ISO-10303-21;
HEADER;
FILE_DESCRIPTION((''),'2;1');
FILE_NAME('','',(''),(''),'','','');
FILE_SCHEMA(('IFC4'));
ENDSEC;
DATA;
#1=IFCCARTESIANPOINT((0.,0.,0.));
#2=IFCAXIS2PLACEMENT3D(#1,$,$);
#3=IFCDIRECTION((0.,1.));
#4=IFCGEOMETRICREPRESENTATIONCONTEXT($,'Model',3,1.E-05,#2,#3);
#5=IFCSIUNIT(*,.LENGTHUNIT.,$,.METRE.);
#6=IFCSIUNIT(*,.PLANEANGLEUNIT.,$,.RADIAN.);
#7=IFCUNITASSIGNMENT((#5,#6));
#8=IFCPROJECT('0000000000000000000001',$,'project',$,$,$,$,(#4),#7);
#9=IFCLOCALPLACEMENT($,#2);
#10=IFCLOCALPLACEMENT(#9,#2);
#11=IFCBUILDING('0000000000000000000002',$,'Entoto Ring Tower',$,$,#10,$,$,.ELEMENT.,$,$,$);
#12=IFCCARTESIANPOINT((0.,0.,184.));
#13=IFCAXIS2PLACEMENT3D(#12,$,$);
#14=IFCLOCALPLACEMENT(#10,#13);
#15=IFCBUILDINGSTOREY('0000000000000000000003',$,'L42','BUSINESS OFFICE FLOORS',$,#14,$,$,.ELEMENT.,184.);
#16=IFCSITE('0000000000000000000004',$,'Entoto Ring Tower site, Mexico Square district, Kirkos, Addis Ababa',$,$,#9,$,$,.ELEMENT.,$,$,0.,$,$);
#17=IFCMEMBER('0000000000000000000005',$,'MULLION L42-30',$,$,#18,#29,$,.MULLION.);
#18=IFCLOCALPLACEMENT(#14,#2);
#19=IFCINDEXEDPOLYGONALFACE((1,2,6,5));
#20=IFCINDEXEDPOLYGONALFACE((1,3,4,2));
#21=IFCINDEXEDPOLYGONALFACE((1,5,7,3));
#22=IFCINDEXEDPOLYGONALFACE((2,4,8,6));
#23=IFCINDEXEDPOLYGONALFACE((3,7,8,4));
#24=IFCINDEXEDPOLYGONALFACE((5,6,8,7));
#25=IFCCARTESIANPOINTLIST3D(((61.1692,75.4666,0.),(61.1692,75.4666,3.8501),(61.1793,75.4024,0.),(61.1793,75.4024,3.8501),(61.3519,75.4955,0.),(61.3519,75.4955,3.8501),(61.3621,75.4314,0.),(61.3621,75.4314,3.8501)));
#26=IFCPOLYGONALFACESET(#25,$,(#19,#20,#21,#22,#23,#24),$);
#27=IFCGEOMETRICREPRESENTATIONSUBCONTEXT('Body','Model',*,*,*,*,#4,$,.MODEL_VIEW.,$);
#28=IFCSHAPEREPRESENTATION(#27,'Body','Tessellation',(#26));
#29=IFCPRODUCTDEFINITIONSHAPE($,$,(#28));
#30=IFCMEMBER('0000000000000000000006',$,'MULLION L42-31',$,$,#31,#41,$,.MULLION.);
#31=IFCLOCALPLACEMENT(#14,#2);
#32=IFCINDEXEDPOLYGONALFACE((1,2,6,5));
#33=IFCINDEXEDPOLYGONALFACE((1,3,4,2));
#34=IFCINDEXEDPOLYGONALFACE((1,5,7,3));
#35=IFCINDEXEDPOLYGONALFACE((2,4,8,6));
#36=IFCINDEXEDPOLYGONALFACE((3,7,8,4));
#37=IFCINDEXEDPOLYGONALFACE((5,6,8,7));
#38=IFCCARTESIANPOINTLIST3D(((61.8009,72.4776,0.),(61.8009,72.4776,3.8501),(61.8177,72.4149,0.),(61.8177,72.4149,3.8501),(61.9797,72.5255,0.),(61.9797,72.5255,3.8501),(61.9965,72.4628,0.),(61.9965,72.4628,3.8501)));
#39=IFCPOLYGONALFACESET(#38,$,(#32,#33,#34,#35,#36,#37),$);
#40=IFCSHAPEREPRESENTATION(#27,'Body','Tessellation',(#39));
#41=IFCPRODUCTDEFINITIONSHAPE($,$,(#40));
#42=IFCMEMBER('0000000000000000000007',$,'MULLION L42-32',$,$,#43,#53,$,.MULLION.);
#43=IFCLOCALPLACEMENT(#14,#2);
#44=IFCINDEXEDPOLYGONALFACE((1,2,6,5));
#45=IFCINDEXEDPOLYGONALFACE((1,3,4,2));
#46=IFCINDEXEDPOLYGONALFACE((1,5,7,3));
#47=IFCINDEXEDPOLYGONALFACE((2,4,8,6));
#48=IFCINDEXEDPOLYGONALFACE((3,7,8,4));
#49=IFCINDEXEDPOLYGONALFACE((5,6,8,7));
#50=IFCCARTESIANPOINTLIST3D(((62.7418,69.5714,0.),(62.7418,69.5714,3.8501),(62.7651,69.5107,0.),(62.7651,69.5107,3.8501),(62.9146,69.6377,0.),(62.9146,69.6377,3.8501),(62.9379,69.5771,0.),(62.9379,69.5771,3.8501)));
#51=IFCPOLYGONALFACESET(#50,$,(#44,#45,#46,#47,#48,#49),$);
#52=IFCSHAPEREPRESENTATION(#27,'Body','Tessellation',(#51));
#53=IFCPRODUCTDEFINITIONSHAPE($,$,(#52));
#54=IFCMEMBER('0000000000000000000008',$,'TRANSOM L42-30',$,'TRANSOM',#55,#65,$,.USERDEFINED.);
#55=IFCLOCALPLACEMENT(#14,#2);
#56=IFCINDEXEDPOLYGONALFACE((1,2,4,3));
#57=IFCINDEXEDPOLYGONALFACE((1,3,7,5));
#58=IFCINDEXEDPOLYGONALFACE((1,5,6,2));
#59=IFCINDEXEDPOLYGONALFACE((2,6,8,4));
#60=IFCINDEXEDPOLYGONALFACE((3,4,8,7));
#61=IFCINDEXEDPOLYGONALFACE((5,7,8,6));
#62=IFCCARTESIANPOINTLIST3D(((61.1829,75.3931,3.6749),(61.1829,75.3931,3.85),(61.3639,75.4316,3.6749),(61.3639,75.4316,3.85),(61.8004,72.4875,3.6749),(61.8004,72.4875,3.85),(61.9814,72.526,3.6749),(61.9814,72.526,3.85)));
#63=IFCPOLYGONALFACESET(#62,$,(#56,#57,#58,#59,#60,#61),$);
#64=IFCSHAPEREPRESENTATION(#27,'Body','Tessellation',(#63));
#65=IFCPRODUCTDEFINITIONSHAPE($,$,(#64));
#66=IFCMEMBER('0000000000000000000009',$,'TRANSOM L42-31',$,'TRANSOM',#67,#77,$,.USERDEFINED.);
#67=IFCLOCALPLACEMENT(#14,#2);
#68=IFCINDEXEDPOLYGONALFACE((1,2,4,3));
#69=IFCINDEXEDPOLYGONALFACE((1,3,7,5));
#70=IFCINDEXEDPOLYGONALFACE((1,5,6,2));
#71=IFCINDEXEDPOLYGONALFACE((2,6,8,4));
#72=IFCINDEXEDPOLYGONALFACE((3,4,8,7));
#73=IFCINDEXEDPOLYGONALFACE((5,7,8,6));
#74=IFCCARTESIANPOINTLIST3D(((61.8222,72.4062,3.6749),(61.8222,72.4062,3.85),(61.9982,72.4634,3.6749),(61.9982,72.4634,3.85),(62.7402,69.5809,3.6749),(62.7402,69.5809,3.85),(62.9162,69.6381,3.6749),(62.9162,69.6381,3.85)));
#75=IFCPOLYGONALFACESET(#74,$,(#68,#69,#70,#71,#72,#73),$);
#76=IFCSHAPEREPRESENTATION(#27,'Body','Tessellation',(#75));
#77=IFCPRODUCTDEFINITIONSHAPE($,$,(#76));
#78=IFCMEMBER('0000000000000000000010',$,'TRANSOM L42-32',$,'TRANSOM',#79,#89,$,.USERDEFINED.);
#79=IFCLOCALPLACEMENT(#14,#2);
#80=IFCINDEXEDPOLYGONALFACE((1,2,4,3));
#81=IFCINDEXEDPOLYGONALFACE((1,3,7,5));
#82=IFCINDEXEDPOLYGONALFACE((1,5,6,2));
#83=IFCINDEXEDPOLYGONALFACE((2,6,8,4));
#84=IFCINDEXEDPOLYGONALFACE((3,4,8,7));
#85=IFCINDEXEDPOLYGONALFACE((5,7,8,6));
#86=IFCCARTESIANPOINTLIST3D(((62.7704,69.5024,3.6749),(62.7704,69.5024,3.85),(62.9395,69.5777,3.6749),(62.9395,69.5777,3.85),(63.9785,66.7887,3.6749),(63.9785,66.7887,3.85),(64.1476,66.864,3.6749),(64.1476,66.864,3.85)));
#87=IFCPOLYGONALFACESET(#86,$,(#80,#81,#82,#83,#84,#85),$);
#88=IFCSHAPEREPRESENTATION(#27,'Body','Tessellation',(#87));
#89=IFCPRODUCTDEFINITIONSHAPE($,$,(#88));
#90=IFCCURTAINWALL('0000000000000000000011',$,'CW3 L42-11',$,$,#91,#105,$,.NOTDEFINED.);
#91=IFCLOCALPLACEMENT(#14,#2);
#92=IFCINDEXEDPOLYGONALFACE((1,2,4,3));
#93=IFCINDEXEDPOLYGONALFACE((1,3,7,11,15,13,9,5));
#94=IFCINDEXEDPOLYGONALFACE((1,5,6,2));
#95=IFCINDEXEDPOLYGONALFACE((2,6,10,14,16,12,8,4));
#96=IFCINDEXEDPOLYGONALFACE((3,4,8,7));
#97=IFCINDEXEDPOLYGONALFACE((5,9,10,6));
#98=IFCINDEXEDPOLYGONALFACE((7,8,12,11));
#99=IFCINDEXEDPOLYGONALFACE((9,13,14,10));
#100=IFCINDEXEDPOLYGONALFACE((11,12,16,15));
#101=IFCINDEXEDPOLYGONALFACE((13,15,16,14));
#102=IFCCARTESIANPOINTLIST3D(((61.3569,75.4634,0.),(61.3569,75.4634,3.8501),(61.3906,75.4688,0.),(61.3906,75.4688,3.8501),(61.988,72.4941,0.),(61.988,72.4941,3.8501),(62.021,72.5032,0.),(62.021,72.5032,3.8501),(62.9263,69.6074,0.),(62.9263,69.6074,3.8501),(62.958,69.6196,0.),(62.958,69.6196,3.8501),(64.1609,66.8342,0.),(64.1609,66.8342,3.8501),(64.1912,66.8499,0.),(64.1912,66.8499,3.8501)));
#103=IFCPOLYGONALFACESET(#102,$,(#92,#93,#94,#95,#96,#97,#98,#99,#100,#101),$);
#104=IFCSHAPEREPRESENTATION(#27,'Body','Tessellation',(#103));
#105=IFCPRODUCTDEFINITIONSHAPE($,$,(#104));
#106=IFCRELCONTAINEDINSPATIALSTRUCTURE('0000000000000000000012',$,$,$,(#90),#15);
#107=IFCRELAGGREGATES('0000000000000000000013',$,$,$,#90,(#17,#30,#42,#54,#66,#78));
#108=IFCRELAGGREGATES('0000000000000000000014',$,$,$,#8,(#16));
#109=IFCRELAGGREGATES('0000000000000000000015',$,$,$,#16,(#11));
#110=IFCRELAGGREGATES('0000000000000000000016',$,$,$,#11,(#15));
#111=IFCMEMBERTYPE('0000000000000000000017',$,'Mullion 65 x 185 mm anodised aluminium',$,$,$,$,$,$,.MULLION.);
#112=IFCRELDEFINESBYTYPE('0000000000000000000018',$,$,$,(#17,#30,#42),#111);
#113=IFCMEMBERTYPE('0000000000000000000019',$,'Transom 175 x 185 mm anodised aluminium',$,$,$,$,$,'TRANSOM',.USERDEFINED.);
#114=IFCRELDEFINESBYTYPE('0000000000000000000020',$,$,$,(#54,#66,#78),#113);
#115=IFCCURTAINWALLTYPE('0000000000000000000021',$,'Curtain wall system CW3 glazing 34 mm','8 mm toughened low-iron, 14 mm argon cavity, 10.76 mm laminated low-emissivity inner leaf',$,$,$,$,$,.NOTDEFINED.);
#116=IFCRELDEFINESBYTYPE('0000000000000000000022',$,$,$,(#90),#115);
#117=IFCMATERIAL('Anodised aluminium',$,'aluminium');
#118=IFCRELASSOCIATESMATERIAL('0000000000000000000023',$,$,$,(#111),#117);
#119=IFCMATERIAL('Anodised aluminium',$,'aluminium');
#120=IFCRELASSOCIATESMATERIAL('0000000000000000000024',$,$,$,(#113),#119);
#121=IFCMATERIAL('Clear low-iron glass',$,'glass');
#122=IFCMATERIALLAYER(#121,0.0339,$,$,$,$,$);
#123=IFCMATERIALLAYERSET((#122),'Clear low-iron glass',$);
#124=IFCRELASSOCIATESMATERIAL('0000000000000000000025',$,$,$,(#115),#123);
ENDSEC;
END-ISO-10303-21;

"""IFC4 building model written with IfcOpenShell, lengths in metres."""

from ifc_helpers import new_model, si_unit, direction, frame, origin, origin_2d, place, context, subcontext, project, spatial, polyline, rectangle, outline, extrude, material, layer, layer_set, material_profile, profile_set, type_object, element, aggregate, save


model = new_model("IFC4")

# Units and contexts
model_context = context("Model", 3, precision=1e-05, world=origin(), true_north=direction((0.0, 1.0)))
body_context = subcontext(model_context, "Body", "Model", "MODEL_VIEW")
ifc_project = project(units=[si_unit("LENGTHUNIT", "METRE"), si_unit("PLANEANGLEUNIT", "RADIAN")], contexts=[model_context])

# Members
ifc_material_1 = material(Name="Anodised aluminium", Category="aluminium")
ifc_material_profile_1 = material_profile(ifc_material_1, rectangle(XDim=0.0649, YDim=0.1851, at=origin_2d()), Name="Mullion 65 x 185 mm anodised aluminium")
ifc_profile_set_1 = profile_set([ifc_material_profile_1], Name="Anodised aluminium")
member_type_1 = type_object("IfcMemberType", Name="Mullion 65 x 185 mm anodised aluminium", PredefinedType="MULLION", material=ifc_profile_set_1)
site_placement = place(None, origin())
building_placement = place(site_placement, origin())
storey_placement = place(building_placement, frame((0.0, 0.0, 184.0)))
member_1_placement = place(storey_placement, frame((61.2656, 75.449, 0.0), z_axis=(0.0, 0.0, 1.0), x_axis=(0.156434, -0.987688, 0.0)))
member_1 = element("IfcMember", 1, at=member_1_placement, type_object=member_type_1, Name="MULLION L42-30", PredefinedType="MULLION", context=body_context, shape_type="SweptSolid", body=[
    extrude(rectangle(XDim=0.0649, YDim=0.1851, at=origin_2d()), origin(), (0.0, 0.0, 1.0), 3.8501),
])
member_2_placement = place(storey_placement, frame((61.8987, 72.4702, 0.0), z_axis=(0.0, 0.0, 1.0), x_axis=(0.258819, -0.965926, 0.0)))
member_2 = element("IfcMember", 2, at=member_2_placement, type_object=member_type_1, Name="MULLION L42-31", PredefinedType="MULLION", context=body_context, shape_type="SweptSolid", body=[
    extrude(rectangle(XDim=0.0649, YDim=0.1851, at=origin_2d()), origin(), (0.0, 0.0, 1.0), 3.8501),
])
member_3_placement = place(storey_placement, frame((62.8398, 69.5742, 0.0), z_axis=(0.0, 0.0, 1.0), x_axis=(0.358368, -0.93358, 0.0)))
member_3 = element("IfcMember", 3, at=member_3_placement, type_object=member_type_1, Name="MULLION L42-32", PredefinedType="MULLION", context=body_context, shape_type="SweptSolid", body=[
    extrude(rectangle(XDim=0.0649, YDim=0.1851, at=origin_2d()), origin(), (0.0, 0.0, 1.0), 3.8501),
])
ifc_material_2 = material(Name="Anodised aluminium", Category="aluminium")
ifc_material_profile_2 = material_profile(ifc_material_2, rectangle(XDim=0.1851, YDim=0.175, at=origin_2d()), Name="Transom 175 x 185 mm anodised aluminium")
ifc_profile_set_2 = profile_set([ifc_material_profile_2], Name="Anodised aluminium")
member_type_2 = type_object("IfcMemberType", Name="Transom 175 x 185 mm anodised aluminium", ElementType="TRANSOM", PredefinedType="USERDEFINED", material=ifc_profile_set_2)
member_4_placement = place(storey_placement, frame((61.2734, 75.4124, 3.7625), z_axis=(0.207862, -0.978158, 0.0), x_axis=(0.978158, 0.207862, 0.0)))
member_4 = element("IfcMember", 4, at=member_4_placement, type_object=member_type_2, Name="TRANSOM L42-30", ObjectType="TRANSOM", PredefinedType="USERDEFINED", context=body_context, shape_type="SweptSolid", body=[
    extrude(rectangle(XDim=0.1851, YDim=0.175, at=origin_2d()), origin(), (0.0, 0.0, 1.0), 2.9705),
])
member_5_placement = place(storey_placement, frame((61.9102, 72.4348, 3.7625), z_axis=(0.309019, -0.951056, 0.0), x_axis=(0.951056, 0.309019, 0.0)))
member_5 = element("IfcMember", 5, at=member_5_placement, type_object=member_type_2, Name="TRANSOM L42-31", ObjectType="TRANSOM", PredefinedType="USERDEFINED", context=body_context, shape_type="SweptSolid", body=[
    extrude(rectangle(XDim=0.1851, YDim=0.175, at=origin_2d()), origin(), (0.0, 0.0, 1.0), 2.9707),
])
member_6_placement = place(storey_placement, frame((62.855, 69.54, 3.7625), z_axis=(0.406687, -0.913567, 0.0), x_axis=(0.913567, 0.406687, 0.0)))
member_6 = element("IfcMember", 6, at=member_6_placement, type_object=member_type_2, Name="TRANSOM L42-32", ObjectType="TRANSOM", PredefinedType="USERDEFINED", context=body_context, shape_type="SweptSolid", body=[
    extrude(rectangle(XDim=0.1851, YDim=0.175, at=origin_2d()), origin(), (0.0, 0.0, 1.0), 2.9705),
])

# Site, building, storey
site = spatial("IfcSite", under=ifc_project, at=site_placement, Name="Entoto Ring Tower site, Mexico Square district, Kirkos, Addis Ababa", CompositionType="ELEMENT", RefElevation=0.0)
building = spatial("IfcBuilding", under=site, at=building_placement, Name="Entoto Ring Tower", CompositionType="ELEMENT")
storey = spatial("IfcBuildingStorey", under=building, at=storey_placement, Name="L42", Description="BUSINESS OFFICE FLOORS", CompositionType="ELEMENT", Elevation=184.0)

# Curtain wall
ifc_material_3 = material(Name="Clear low-iron glass", Category="glass")
ifc_layer = layer(ifc_material_3, 0.0339)
ifc_layer_set = layer_set([ifc_layer], Name="Clear low-iron glass")
curtain_wall_type = type_object("IfcCurtainWallType", Name="Curtain wall system CW3 glazing 34 mm", Description="8 mm toughened low-iron, 14 mm argon cavity, 10.76 mm laminated low-emissivity inner leaf", PredefinedType="NOTDEFINED", material=ifc_layer_set)
curtain_wall_1_placement = place(storey_placement, origin())
curtain_wall_1 = element("IfcCurtainWall", 7, at=curtain_wall_1_placement, inside=storey, type_object=curtain_wall_type, Name="CW3 L42-11", PredefinedType="NOTDEFINED", context=body_context, shape_type="SweptSolid", body=[
    extrude(outline(polyline([(61.3569, 75.4634), (61.988, 72.4941), (62.9263, 69.6074), (64.1609, 66.8342), (64.1912, 66.8499), (62.958, 69.6196), (62.021, 72.5032), (61.3906, 75.4688), (61.3569, 75.4634)])), origin(), (0.0, 0.0, 1.0), 3.8501),
])
aggregate(curtain_wall_1, [member_1, member_2, member_3, member_4, member_5, member_6])

save(model, "model.ifc")
